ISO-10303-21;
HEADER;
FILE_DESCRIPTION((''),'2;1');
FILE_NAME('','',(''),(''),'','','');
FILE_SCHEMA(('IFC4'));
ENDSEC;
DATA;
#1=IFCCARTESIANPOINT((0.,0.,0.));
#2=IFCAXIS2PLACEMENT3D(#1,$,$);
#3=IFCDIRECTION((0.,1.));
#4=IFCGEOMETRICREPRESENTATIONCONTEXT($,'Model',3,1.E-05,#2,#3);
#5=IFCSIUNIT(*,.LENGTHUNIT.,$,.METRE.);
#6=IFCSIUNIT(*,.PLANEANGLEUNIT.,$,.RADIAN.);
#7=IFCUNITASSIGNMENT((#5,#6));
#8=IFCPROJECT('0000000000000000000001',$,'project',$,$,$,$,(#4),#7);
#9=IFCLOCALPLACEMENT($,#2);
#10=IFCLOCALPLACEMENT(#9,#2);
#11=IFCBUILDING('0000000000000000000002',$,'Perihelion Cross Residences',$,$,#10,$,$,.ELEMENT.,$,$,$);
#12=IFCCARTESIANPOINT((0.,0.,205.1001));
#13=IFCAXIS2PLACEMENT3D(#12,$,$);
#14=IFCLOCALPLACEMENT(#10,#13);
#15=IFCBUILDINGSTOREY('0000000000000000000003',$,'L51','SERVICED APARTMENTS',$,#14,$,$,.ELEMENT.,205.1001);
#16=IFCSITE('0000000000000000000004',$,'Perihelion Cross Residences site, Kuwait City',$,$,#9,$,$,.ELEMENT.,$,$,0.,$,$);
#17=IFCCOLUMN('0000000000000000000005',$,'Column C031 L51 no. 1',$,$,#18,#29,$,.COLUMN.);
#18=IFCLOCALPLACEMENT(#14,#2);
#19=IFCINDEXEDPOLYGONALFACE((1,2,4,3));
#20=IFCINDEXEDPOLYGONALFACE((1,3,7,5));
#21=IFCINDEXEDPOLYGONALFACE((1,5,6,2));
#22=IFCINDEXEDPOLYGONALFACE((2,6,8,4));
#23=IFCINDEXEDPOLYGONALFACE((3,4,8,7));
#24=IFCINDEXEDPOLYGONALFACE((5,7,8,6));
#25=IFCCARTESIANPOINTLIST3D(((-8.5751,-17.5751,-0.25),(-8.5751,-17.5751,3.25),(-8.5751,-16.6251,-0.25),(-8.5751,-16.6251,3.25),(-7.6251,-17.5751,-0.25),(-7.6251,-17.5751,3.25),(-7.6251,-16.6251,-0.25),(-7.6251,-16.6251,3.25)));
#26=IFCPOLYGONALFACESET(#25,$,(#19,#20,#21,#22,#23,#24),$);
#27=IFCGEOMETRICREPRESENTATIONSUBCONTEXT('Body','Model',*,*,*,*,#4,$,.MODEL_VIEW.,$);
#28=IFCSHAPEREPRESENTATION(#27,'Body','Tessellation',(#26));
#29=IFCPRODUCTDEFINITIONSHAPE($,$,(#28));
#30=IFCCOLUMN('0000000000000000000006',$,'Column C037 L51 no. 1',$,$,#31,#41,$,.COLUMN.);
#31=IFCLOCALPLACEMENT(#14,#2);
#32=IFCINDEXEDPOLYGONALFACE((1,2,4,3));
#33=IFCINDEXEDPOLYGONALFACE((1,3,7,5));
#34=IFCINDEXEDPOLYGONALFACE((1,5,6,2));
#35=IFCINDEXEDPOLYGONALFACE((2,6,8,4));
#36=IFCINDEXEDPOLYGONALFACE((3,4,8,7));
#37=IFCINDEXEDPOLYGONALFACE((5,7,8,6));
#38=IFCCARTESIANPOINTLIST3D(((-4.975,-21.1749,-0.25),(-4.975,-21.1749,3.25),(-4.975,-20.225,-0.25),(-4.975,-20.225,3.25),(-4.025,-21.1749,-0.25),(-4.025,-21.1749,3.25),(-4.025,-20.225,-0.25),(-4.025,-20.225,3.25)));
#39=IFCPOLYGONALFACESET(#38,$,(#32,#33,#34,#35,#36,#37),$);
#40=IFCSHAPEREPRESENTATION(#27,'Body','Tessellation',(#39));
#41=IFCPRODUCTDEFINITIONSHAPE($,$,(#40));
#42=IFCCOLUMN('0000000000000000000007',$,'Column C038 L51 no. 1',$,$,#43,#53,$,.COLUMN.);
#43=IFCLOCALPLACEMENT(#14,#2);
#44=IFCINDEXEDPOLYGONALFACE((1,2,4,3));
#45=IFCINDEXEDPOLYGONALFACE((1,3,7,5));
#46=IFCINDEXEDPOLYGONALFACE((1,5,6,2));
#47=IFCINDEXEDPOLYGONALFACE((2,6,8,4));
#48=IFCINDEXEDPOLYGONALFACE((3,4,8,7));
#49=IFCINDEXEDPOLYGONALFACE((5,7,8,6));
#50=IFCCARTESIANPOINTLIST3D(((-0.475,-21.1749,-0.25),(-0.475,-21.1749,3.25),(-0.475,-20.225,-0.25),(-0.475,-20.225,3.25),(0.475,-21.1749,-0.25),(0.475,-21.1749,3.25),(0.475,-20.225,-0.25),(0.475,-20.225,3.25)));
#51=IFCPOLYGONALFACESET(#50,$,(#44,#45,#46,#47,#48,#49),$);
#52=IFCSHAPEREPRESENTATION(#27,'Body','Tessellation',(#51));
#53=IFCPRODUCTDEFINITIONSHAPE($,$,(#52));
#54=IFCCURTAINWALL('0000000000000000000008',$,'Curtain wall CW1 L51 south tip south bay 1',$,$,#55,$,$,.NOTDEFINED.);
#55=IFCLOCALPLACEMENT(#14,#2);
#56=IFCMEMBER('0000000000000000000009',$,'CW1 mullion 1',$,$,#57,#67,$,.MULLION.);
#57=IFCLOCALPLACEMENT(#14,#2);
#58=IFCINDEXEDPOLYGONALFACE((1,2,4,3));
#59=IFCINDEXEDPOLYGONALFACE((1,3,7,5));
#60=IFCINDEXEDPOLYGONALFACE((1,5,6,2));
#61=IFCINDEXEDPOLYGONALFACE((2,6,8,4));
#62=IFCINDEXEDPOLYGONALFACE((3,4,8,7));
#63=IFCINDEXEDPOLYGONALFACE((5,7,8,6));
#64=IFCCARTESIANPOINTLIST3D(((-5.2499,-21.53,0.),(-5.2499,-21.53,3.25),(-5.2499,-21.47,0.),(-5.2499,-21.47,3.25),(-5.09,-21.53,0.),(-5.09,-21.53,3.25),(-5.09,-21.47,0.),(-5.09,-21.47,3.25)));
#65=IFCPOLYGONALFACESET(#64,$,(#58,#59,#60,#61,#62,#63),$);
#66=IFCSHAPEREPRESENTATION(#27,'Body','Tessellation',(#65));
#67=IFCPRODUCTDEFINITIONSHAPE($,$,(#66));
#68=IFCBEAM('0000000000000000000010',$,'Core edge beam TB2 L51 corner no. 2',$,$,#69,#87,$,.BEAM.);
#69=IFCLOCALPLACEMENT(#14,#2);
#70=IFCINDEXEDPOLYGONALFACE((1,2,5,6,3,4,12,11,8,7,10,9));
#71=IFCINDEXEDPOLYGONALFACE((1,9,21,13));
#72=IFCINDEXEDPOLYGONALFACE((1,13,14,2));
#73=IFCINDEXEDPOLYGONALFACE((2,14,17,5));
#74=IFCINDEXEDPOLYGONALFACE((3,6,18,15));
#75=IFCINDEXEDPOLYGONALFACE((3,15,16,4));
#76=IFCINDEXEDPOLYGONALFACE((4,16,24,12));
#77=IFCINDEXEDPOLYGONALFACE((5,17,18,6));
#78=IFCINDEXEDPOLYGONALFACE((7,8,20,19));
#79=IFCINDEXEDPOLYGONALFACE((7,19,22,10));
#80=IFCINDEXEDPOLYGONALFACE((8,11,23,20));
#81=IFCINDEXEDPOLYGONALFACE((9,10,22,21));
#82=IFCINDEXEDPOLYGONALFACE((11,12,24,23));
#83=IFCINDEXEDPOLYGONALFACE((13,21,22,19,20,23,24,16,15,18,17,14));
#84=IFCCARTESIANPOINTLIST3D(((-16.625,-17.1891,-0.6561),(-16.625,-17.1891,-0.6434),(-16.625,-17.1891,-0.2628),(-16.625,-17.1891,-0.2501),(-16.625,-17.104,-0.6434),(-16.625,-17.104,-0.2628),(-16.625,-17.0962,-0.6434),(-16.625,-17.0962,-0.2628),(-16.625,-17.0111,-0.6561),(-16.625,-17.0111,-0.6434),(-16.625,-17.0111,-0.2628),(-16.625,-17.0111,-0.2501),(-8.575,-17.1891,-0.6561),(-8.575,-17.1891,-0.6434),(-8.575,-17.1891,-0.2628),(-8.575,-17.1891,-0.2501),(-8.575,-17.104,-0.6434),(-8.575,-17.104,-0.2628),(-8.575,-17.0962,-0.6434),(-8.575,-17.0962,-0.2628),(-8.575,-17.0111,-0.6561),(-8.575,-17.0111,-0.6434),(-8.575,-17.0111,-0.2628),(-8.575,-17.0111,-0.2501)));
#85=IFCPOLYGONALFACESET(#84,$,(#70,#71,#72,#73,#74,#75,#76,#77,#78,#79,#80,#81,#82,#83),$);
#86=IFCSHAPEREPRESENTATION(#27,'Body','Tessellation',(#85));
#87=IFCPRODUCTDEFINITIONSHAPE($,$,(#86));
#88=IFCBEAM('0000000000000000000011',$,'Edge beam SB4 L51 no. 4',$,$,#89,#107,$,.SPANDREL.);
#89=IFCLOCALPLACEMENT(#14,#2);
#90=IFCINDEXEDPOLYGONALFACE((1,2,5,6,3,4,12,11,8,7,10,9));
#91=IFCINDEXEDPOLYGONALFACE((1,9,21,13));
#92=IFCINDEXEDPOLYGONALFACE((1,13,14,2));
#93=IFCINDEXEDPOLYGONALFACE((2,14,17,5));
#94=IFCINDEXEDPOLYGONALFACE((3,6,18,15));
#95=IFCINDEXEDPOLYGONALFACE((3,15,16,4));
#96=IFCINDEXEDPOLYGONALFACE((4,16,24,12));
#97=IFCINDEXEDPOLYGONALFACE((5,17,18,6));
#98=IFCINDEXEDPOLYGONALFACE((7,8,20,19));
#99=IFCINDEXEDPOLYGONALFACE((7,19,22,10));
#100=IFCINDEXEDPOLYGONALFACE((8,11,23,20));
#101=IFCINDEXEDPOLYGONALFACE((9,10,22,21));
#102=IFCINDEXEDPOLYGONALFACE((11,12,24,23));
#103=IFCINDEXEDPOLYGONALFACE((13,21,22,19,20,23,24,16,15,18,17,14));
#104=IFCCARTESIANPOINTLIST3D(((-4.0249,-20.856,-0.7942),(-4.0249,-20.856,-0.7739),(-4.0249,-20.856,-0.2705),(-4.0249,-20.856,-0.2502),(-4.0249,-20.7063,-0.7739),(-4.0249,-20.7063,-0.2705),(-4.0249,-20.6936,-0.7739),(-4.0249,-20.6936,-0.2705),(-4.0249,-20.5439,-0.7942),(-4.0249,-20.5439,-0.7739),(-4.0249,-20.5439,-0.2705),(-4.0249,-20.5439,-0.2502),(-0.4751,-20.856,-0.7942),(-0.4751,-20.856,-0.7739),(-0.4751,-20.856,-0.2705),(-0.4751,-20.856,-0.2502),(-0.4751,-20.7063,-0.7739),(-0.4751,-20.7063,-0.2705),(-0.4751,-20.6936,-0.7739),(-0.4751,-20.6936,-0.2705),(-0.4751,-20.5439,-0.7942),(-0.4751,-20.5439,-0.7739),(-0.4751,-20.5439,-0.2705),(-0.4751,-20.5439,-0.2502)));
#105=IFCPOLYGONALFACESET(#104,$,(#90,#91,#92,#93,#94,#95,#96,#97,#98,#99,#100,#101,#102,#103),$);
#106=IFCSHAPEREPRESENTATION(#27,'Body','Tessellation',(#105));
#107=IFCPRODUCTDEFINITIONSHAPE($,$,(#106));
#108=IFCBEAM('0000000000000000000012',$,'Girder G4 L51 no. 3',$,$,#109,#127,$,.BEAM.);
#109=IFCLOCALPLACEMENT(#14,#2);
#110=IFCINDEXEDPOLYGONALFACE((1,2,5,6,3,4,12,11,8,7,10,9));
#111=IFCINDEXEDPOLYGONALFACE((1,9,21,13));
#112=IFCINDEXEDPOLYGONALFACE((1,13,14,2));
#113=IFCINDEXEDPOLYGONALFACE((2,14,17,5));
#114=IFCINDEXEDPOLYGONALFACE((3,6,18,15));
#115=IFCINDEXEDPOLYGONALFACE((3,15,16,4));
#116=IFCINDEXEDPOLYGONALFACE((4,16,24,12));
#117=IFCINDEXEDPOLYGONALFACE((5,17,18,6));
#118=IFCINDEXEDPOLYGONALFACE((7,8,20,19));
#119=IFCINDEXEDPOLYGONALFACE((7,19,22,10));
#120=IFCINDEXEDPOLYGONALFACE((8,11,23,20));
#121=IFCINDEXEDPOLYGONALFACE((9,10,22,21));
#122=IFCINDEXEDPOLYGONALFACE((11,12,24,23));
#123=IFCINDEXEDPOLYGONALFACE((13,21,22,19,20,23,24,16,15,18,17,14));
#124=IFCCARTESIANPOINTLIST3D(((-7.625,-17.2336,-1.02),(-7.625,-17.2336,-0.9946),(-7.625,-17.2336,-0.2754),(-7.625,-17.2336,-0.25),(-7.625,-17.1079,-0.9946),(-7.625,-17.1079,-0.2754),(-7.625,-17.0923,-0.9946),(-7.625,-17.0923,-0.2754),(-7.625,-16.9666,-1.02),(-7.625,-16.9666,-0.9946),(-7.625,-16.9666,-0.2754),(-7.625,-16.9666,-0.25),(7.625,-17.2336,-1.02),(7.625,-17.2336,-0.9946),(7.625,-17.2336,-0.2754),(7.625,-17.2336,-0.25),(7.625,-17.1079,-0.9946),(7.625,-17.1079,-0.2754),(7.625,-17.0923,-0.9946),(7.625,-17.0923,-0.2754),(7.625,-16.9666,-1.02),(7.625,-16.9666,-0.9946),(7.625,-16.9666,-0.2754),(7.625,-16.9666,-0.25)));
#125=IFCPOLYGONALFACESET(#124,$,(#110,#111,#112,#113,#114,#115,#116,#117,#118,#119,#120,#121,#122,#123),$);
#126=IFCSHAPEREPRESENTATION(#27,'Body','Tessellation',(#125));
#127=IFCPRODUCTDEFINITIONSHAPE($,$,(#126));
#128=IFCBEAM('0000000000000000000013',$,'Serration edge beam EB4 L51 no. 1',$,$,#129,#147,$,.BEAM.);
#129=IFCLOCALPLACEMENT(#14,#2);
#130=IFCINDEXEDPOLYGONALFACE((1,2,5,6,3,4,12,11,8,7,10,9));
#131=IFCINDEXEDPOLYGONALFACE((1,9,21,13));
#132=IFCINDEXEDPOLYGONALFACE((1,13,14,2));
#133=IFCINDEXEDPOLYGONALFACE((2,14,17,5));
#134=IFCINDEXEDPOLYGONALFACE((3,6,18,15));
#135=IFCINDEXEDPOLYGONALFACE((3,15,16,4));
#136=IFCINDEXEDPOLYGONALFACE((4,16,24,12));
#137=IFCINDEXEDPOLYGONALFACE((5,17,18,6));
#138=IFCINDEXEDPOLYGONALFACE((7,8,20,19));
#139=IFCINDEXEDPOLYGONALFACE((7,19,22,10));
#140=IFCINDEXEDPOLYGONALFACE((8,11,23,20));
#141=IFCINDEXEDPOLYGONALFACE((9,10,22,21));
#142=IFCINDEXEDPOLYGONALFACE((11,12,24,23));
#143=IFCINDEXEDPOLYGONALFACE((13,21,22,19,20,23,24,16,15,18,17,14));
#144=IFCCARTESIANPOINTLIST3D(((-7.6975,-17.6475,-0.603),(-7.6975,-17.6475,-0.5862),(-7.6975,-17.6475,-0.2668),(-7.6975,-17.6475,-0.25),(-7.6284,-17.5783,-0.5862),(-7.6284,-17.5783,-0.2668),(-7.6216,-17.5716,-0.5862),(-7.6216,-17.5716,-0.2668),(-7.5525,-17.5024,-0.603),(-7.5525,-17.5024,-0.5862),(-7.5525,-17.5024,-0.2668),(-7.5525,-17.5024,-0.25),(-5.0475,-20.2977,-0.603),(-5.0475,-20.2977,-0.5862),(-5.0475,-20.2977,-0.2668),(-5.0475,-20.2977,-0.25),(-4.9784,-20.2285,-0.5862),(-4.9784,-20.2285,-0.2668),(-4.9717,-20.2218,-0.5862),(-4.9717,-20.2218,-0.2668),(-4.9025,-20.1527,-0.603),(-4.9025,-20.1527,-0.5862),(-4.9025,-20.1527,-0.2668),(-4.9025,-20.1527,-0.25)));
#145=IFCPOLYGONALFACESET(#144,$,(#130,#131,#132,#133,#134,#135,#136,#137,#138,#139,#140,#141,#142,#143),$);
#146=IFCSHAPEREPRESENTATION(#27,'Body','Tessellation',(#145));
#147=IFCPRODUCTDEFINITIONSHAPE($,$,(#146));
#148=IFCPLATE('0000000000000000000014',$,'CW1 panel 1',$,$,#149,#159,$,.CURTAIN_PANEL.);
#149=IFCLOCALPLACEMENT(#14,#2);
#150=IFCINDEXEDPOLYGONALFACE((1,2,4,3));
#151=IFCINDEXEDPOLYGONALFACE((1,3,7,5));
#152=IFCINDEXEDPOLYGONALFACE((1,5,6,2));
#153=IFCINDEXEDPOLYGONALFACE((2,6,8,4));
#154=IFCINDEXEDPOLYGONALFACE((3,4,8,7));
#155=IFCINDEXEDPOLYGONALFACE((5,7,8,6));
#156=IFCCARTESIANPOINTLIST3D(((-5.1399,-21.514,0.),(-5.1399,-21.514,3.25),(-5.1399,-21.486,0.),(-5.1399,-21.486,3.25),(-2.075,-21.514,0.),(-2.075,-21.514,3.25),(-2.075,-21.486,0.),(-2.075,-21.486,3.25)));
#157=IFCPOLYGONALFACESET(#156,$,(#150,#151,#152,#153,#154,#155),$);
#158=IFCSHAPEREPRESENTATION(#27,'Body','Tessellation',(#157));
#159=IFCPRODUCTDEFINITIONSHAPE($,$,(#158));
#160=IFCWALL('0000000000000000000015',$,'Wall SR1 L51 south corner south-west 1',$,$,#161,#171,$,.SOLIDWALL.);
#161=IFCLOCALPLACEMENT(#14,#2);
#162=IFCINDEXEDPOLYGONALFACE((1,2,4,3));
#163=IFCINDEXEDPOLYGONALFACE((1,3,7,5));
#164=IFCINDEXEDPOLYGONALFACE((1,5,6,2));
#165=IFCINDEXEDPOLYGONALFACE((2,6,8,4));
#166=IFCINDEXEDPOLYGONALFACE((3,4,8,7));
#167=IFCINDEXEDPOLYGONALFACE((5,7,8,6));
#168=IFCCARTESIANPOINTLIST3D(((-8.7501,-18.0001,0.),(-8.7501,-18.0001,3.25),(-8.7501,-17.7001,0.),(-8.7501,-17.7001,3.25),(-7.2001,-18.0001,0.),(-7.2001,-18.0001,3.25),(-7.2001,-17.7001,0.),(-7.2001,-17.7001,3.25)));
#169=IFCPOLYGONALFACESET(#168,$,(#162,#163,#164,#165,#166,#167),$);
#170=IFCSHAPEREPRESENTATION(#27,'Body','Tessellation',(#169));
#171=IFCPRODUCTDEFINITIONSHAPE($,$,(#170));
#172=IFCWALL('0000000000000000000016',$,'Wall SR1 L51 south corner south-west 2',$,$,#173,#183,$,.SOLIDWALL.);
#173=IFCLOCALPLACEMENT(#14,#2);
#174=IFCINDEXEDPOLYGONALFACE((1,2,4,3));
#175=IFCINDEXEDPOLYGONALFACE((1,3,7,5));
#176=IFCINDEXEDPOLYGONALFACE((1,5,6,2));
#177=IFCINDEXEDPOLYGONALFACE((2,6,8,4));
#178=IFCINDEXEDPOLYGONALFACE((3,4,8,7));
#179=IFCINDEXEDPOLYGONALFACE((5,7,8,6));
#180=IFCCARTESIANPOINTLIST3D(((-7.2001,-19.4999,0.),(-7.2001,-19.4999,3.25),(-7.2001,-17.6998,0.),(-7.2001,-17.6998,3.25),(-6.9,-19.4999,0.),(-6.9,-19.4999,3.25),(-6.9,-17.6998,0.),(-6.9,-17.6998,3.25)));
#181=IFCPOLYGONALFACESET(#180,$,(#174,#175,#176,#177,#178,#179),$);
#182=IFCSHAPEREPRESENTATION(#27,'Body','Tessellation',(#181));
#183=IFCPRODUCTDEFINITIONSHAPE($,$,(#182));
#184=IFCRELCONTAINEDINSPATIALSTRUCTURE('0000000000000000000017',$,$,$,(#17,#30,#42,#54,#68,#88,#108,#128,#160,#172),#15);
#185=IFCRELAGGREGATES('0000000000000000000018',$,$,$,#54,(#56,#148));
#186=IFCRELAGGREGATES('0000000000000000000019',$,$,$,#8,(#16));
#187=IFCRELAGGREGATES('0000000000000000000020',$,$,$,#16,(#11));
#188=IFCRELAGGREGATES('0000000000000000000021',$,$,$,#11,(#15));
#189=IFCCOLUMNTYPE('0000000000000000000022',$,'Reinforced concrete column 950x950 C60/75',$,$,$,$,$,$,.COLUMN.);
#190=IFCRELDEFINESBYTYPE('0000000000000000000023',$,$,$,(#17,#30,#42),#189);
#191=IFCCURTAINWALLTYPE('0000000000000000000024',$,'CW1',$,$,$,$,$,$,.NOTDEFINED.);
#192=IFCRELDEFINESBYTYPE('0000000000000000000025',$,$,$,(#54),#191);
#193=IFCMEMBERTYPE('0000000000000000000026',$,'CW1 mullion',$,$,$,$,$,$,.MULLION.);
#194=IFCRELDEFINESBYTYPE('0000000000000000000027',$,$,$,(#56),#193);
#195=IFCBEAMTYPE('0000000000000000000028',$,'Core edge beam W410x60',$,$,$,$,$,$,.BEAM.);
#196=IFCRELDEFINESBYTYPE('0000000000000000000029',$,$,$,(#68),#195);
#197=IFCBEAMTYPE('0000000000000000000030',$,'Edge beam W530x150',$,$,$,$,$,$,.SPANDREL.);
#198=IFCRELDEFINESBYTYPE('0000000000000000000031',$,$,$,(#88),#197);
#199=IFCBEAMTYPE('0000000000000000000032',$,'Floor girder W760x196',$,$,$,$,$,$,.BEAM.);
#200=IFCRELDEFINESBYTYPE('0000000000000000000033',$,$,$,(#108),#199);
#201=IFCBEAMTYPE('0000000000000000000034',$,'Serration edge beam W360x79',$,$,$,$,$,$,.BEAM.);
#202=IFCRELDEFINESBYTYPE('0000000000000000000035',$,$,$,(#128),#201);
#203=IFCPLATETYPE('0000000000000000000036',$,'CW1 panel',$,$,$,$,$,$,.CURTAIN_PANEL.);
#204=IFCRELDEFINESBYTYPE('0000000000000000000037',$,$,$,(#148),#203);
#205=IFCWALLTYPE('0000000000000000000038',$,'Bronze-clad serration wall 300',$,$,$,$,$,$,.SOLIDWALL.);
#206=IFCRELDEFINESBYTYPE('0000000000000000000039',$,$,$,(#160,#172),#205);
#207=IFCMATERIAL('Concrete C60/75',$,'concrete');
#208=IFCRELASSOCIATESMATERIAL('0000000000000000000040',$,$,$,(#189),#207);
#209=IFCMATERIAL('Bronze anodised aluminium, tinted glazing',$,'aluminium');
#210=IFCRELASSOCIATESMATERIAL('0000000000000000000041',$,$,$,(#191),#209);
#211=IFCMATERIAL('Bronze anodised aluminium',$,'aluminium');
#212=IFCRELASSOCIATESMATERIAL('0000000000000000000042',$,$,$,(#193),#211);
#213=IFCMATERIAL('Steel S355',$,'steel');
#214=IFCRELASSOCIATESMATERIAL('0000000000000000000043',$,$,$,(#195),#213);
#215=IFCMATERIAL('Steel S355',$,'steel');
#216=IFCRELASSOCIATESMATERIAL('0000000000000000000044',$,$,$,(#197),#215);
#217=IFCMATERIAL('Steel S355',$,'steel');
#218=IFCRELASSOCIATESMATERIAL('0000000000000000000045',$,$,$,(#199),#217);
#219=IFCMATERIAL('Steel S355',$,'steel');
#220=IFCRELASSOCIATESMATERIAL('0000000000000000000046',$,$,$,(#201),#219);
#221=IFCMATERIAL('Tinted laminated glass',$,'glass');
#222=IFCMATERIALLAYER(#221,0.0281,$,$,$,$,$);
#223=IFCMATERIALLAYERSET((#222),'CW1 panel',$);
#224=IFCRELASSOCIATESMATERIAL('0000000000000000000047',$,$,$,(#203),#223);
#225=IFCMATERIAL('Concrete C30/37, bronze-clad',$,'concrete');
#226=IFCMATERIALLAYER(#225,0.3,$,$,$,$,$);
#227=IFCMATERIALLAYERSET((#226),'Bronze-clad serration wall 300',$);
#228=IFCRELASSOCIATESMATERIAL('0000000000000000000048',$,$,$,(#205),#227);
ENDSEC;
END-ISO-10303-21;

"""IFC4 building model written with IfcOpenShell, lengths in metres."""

from ifc_helpers import new_model, si_unit, direction, frame, frame_2d, origin, origin_2d, place, context, subcontext, project, spatial, rectangle, i_section, extrude, material, layer, layer_set, material_profile, profile_set, type_object, element, aggregate, save


model = new_model("IFC4")

# Units and contexts
model_context = context("Model", 3, precision=1e-05, world=origin(), true_north=direction((0.0, 1.0)))
body_context = subcontext(model_context, "Body", "Model", "MODEL_VIEW")
ifc_project = project(units=[si_unit("LENGTHUNIT", "METRE"), si_unit("PLANEANGLEUNIT", "RADIAN")], contexts=[model_context])

# Site, building, storey
site_placement = place(None, origin())
site = spatial("IfcSite", under=ifc_project, at=site_placement, Name="Perihelion Cross Residences site, Kuwait City", CompositionType="ELEMENT", RefElevation=0.0)
building_placement = place(site_placement, origin())
building = spatial("IfcBuilding", under=site, at=building_placement, Name="Perihelion Cross Residences", CompositionType="ELEMENT")
storey_placement = place(building_placement, frame((0.0, 0.0, 205.1001)))
storey = spatial("IfcBuildingStorey", under=building, at=storey_placement, Name="L51", Description="SERVICED APARTMENTS", CompositionType="ELEMENT", Elevation=205.1001)

# Columns
ifc_material_1 = material(Name="Concrete C60/75", Category="concrete")
ifc_material_profile_1 = material_profile(ifc_material_1, rectangle(XDim=0.95, YDim=0.95, at=origin_2d()), Name="RC 950x950")
ifc_profile_set_1 = profile_set([ifc_material_profile_1], Name="Concrete C60/75")
column_type = type_object("IfcColumnType", Name="Reinforced concrete column 950x950 C60/75", PredefinedType="COLUMN", material=ifc_profile_set_1)
for number, where, z_axis, x_axis, name in (
    (1, (-8.1001, -17.1001, -0.25), (0.0, 0.0, 1.0), (1.0, 0.0, 0.0), "Column C031 L51 no. 1"),
    (2, (-4.5, -20.7, -0.25), (0.0, 0.0, 1.0), (1.0, 0.0, 0.0), "Column C037 L51 no. 1"),
    (3, (0.0, -20.7, -0.25), (0.0, 0.0, 1.0), (1.0, 0.0, 0.0), "Column C038 L51 no. 1"),
):
    element("IfcColumn", number, at=place(storey_placement, frame(where, z_axis=z_axis, x_axis=x_axis)), inside=storey, type_object=column_type, Name=name, PredefinedType="COLUMN", context=body_context, shape_type="SweptSolid", body=[
        extrude(rectangle(XDim=0.95, YDim=0.95, at=origin_2d()), origin(), (0.0, 0.0, 1.0), 3.5),
    ])

# Curtain wall, member
ifc_material_2 = material(Name="Bronze anodised aluminium, tinted glazing", Category="aluminium")
curtain_wall_type = type_object("IfcCurtainWallType", Name="CW1", PredefinedType="NOTDEFINED", material=ifc_material_2)
curtain_wall_placement = place(storey_placement, origin())
curtain_wall = element("IfcCurtainWall", 4, at=curtain_wall_placement, inside=storey, type_object=curtain_wall_type, Name="Curtain wall CW1 L51 south tip south bay 1", PredefinedType="NOTDEFINED")
ifc_material_3 = material(Name="Bronze anodised aluminium", Category="aluminium")
ifc_material_profile_2 = material_profile(ifc_material_3, rectangle(XDim=0.0601, YDim=0.1599, at=origin_2d()), Name="CW1 mullion")
ifc_profile_set_2 = profile_set([ifc_material_profile_2], Name="Bronze anodised aluminium")
member_type = type_object("IfcMemberType", Name="CW1 mullion", PredefinedType="MULLION", material=ifc_profile_set_2)
member_placement = place(storey_placement, frame((-5.1699, -21.5, 0.0), z_axis=(0.0, 0.0, 1.0), x_axis=(0.0, 1.0, 0.0)))
member = element("IfcMember", 5, at=member_placement, type_object=member_type, Name="CW1 mullion 1", PredefinedType="MULLION", context=body_context, shape_type="SweptSolid", body=[
    extrude(rectangle(XDim=0.0601, YDim=0.1599, at=origin_2d()), origin(), (0.0, 0.0, 1.0), 3.25),
])

# Beams
ifc_material_4 = material(Name="Steel S355", Category="steel")
ifc_material_profile_3 = material_profile(ifc_material_4, i_section(OverallWidth=0.178, OverallDepth=0.406, WebThickness=0.0078, FlangeThickness=0.0127, at=origin_2d()), Name="W410x60")
ifc_profile_set_3 = profile_set([ifc_material_profile_3], Name="Steel S355")
beam_type_1 = type_object("IfcBeamType", Name="Core edge beam W410x60", PredefinedType="BEAM", material=ifc_profile_set_3)
beam_1_placement = place(storey_placement, frame((-8.575, -17.1001, -0.4531), z_axis=(-1.0, 0.0, 0.0), x_axis=(0.0, -1.0, 0.0)))
element("IfcBeam", 6, at=beam_1_placement, inside=storey, type_object=beam_type_1, Name="Core edge beam TB2 L51 corner no. 2", PredefinedType="BEAM", context=body_context, shape_type="SweptSolid", body=[
    extrude(i_section(OverallWidth=0.178, OverallDepth=0.406, WebThickness=0.0078, FlangeThickness=0.0127, at=origin_2d()), origin(), (0.0, 0.0, 1.0), 8.05),
])
ifc_material_5 = material(Name="Steel S355", Category="steel")
ifc_material_profile_4 = material_profile(ifc_material_5, i_section(OverallWidth=0.312, OverallDepth=0.5439, WebThickness=0.0127, FlangeThickness=0.0203, at=origin_2d()), Name="W530x150")
ifc_profile_set_4 = profile_set([ifc_material_profile_4], Name="Steel S355")
beam_type_2 = type_object("IfcBeamType", Name="Edge beam W530x150", PredefinedType="SPANDREL", material=ifc_profile_set_4)
beam_2_placement = place(storey_placement, frame((-4.0249, -20.7, -0.5222), z_axis=(1.0, 0.0, 0.0), x_axis=(0.0, 1.0, 0.0)))
element("IfcBeam", 7, at=beam_2_placement, inside=storey, type_object=beam_type_2, Name="Edge beam SB4 L51 no. 4", PredefinedType="SPANDREL", context=body_context, shape_type="SweptSolid", body=[
    extrude(i_section(OverallWidth=0.312, OverallDepth=0.5439, WebThickness=0.0127, FlangeThickness=0.0203, at=origin_2d()), origin(), (0.0, 0.0, 1.0), 3.5498),
])
ifc_material_6 = material(Name="Steel S355", Category="steel")
ifc_material_profile_5 = material_profile(ifc_material_6, i_section(OverallWidth=0.2671, OverallDepth=0.77, WebThickness=0.0156, FlangeThickness=0.0254, at=origin_2d()), Name="W760x196")
ifc_profile_set_5 = profile_set([ifc_material_profile_5], Name="Steel S355")
beam_type_3 = type_object("IfcBeamType", Name="Floor girder W760x196", PredefinedType="BEAM", material=ifc_profile_set_5)
beam_3_placement = place(storey_placement, frame((-7.625, -17.1001, -0.635), z_axis=(1.0, 0.0, 0.0), x_axis=(0.0, 1.0, 0.0)))
element("IfcBeam", 8, at=beam_3_placement, inside=storey, type_object=beam_type_3, Name="Girder G4 L51 no. 3", PredefinedType="BEAM", context=body_context, shape_type="SweptSolid", body=[
    extrude(i_section(OverallWidth=0.2671, OverallDepth=0.77, WebThickness=0.0156, FlangeThickness=0.0254, at=origin_2d()), origin(), (0.0, 0.0, 1.0), 15.25),
])
ifc_material_7 = material(Name="Steel S355", Category="steel")
ifc_material_profile_6 = material_profile(ifc_material_7, i_section(OverallWidth=0.2051, OverallDepth=0.353, WebThickness=0.0095, FlangeThickness=0.0168, at=origin_2d()), Name="W360x79")
ifc_profile_set_6 = profile_set([ifc_material_profile_6], Name="Steel S355")
beam_type_4 = type_object("IfcBeamType", Name="Serration edge beam W360x79", PredefinedType="BEAM", material=ifc_profile_set_6)
beam_4_placement = place(storey_placement, frame((-7.625, -17.575, -0.4265), z_axis=(0.707074, -0.707139, 0.0), x_axis=(0.707139, 0.707074, 0.0)))
element("IfcBeam", 9, at=beam_4_placement, inside=storey, type_object=beam_type_4, Name="Serration edge beam EB4 L51 no. 1", PredefinedType="BEAM", context=body_context, shape_type="SweptSolid", body=[
    extrude(i_section(OverallWidth=0.2051, OverallDepth=0.353, WebThickness=0.0095, FlangeThickness=0.0168, at=origin_2d()), origin(), (0.0, 0.0, 1.0), 3.7478),
])

# Plate
ifc_material_8 = material(Name="Tinted laminated glass", Category="glass")
ifc_layer_1 = layer(ifc_material_8, 0.0281)
ifc_layer_set_1 = layer_set([ifc_layer_1], Name="CW1 panel")
plate_type = type_object("IfcPlateType", Name="CW1 panel", PredefinedType="CURTAIN_PANEL", material=ifc_layer_set_1)
plate_placement = place(storey_placement, frame((-3.6074, -21.5, 0.0), z_axis=(0.0, 0.0, 1.0), x_axis=(1.0, 0.0, 0.0)))
plate = element("IfcPlate", 10, at=plate_placement, type_object=plate_type, Name="CW1 panel 1", PredefinedType="CURTAIN_PANEL", context=body_context, shape_type="SweptSolid", body=[
    extrude(rectangle(XDim=3.0649, YDim=0.0281, at=origin_2d()), origin(), (0.0, 0.0, 1.0), 3.25),
])
aggregate(curtain_wall, [member, plate])

# Walls
ifc_material_9 = material(Name="Concrete C30/37, bronze-clad", Category="concrete")
ifc_layer_2 = layer(ifc_material_9, 0.3)
ifc_layer_set_2 = layer_set([ifc_layer_2], Name="Bronze-clad serration wall 300")
wall_type_1 = type_object("IfcWallType", Name="Bronze-clad serration wall 300", PredefinedType="SOLIDWALL", material=ifc_layer_set_2)
wall_1_placement = place(storey_placement, frame((-8.75, -17.8501, 0.0), z_axis=(0.0, 0.0, 1.0), x_axis=(1.0, 0.0, 0.0)))
element("IfcWall", 11, at=wall_1_placement, inside=storey, type_object=wall_type_1, Name="Wall SR1 L51 south corner south-west 1", PredefinedType="SOLIDWALL", context=body_context, shape_type="SweptSolid", body=[
    extrude(rectangle(XDim=1.55, YDim=0.3, at=frame_2d((0.7749, 0.0))), origin(), (0.0, 0.0, 1.0), 3.25),
])
for number, where, z_axis, x_axis, name in (
    (12, (-7.05, -17.7, 0.0), (0.0, 0.0, 1.0), (0.0, -1.0, 0.0), "Wall SR1 L51 south corner south-west 2"),
):
    element("IfcWall", number, at=place(storey_placement, frame(where, z_axis=z_axis, x_axis=x_axis)), inside=storey, type_object=wall_type_1, Name=name, PredefinedType="SOLIDWALL", context=body_context, shape_type="SweptSolid", body=[
        extrude(rectangle(XDim=1.8, YDim=0.3, at=frame_2d((0.8999, 0.0))), origin(), (0.0, 0.0, 1.0), 3.25),
    ])

save(model, "model.ifc")
